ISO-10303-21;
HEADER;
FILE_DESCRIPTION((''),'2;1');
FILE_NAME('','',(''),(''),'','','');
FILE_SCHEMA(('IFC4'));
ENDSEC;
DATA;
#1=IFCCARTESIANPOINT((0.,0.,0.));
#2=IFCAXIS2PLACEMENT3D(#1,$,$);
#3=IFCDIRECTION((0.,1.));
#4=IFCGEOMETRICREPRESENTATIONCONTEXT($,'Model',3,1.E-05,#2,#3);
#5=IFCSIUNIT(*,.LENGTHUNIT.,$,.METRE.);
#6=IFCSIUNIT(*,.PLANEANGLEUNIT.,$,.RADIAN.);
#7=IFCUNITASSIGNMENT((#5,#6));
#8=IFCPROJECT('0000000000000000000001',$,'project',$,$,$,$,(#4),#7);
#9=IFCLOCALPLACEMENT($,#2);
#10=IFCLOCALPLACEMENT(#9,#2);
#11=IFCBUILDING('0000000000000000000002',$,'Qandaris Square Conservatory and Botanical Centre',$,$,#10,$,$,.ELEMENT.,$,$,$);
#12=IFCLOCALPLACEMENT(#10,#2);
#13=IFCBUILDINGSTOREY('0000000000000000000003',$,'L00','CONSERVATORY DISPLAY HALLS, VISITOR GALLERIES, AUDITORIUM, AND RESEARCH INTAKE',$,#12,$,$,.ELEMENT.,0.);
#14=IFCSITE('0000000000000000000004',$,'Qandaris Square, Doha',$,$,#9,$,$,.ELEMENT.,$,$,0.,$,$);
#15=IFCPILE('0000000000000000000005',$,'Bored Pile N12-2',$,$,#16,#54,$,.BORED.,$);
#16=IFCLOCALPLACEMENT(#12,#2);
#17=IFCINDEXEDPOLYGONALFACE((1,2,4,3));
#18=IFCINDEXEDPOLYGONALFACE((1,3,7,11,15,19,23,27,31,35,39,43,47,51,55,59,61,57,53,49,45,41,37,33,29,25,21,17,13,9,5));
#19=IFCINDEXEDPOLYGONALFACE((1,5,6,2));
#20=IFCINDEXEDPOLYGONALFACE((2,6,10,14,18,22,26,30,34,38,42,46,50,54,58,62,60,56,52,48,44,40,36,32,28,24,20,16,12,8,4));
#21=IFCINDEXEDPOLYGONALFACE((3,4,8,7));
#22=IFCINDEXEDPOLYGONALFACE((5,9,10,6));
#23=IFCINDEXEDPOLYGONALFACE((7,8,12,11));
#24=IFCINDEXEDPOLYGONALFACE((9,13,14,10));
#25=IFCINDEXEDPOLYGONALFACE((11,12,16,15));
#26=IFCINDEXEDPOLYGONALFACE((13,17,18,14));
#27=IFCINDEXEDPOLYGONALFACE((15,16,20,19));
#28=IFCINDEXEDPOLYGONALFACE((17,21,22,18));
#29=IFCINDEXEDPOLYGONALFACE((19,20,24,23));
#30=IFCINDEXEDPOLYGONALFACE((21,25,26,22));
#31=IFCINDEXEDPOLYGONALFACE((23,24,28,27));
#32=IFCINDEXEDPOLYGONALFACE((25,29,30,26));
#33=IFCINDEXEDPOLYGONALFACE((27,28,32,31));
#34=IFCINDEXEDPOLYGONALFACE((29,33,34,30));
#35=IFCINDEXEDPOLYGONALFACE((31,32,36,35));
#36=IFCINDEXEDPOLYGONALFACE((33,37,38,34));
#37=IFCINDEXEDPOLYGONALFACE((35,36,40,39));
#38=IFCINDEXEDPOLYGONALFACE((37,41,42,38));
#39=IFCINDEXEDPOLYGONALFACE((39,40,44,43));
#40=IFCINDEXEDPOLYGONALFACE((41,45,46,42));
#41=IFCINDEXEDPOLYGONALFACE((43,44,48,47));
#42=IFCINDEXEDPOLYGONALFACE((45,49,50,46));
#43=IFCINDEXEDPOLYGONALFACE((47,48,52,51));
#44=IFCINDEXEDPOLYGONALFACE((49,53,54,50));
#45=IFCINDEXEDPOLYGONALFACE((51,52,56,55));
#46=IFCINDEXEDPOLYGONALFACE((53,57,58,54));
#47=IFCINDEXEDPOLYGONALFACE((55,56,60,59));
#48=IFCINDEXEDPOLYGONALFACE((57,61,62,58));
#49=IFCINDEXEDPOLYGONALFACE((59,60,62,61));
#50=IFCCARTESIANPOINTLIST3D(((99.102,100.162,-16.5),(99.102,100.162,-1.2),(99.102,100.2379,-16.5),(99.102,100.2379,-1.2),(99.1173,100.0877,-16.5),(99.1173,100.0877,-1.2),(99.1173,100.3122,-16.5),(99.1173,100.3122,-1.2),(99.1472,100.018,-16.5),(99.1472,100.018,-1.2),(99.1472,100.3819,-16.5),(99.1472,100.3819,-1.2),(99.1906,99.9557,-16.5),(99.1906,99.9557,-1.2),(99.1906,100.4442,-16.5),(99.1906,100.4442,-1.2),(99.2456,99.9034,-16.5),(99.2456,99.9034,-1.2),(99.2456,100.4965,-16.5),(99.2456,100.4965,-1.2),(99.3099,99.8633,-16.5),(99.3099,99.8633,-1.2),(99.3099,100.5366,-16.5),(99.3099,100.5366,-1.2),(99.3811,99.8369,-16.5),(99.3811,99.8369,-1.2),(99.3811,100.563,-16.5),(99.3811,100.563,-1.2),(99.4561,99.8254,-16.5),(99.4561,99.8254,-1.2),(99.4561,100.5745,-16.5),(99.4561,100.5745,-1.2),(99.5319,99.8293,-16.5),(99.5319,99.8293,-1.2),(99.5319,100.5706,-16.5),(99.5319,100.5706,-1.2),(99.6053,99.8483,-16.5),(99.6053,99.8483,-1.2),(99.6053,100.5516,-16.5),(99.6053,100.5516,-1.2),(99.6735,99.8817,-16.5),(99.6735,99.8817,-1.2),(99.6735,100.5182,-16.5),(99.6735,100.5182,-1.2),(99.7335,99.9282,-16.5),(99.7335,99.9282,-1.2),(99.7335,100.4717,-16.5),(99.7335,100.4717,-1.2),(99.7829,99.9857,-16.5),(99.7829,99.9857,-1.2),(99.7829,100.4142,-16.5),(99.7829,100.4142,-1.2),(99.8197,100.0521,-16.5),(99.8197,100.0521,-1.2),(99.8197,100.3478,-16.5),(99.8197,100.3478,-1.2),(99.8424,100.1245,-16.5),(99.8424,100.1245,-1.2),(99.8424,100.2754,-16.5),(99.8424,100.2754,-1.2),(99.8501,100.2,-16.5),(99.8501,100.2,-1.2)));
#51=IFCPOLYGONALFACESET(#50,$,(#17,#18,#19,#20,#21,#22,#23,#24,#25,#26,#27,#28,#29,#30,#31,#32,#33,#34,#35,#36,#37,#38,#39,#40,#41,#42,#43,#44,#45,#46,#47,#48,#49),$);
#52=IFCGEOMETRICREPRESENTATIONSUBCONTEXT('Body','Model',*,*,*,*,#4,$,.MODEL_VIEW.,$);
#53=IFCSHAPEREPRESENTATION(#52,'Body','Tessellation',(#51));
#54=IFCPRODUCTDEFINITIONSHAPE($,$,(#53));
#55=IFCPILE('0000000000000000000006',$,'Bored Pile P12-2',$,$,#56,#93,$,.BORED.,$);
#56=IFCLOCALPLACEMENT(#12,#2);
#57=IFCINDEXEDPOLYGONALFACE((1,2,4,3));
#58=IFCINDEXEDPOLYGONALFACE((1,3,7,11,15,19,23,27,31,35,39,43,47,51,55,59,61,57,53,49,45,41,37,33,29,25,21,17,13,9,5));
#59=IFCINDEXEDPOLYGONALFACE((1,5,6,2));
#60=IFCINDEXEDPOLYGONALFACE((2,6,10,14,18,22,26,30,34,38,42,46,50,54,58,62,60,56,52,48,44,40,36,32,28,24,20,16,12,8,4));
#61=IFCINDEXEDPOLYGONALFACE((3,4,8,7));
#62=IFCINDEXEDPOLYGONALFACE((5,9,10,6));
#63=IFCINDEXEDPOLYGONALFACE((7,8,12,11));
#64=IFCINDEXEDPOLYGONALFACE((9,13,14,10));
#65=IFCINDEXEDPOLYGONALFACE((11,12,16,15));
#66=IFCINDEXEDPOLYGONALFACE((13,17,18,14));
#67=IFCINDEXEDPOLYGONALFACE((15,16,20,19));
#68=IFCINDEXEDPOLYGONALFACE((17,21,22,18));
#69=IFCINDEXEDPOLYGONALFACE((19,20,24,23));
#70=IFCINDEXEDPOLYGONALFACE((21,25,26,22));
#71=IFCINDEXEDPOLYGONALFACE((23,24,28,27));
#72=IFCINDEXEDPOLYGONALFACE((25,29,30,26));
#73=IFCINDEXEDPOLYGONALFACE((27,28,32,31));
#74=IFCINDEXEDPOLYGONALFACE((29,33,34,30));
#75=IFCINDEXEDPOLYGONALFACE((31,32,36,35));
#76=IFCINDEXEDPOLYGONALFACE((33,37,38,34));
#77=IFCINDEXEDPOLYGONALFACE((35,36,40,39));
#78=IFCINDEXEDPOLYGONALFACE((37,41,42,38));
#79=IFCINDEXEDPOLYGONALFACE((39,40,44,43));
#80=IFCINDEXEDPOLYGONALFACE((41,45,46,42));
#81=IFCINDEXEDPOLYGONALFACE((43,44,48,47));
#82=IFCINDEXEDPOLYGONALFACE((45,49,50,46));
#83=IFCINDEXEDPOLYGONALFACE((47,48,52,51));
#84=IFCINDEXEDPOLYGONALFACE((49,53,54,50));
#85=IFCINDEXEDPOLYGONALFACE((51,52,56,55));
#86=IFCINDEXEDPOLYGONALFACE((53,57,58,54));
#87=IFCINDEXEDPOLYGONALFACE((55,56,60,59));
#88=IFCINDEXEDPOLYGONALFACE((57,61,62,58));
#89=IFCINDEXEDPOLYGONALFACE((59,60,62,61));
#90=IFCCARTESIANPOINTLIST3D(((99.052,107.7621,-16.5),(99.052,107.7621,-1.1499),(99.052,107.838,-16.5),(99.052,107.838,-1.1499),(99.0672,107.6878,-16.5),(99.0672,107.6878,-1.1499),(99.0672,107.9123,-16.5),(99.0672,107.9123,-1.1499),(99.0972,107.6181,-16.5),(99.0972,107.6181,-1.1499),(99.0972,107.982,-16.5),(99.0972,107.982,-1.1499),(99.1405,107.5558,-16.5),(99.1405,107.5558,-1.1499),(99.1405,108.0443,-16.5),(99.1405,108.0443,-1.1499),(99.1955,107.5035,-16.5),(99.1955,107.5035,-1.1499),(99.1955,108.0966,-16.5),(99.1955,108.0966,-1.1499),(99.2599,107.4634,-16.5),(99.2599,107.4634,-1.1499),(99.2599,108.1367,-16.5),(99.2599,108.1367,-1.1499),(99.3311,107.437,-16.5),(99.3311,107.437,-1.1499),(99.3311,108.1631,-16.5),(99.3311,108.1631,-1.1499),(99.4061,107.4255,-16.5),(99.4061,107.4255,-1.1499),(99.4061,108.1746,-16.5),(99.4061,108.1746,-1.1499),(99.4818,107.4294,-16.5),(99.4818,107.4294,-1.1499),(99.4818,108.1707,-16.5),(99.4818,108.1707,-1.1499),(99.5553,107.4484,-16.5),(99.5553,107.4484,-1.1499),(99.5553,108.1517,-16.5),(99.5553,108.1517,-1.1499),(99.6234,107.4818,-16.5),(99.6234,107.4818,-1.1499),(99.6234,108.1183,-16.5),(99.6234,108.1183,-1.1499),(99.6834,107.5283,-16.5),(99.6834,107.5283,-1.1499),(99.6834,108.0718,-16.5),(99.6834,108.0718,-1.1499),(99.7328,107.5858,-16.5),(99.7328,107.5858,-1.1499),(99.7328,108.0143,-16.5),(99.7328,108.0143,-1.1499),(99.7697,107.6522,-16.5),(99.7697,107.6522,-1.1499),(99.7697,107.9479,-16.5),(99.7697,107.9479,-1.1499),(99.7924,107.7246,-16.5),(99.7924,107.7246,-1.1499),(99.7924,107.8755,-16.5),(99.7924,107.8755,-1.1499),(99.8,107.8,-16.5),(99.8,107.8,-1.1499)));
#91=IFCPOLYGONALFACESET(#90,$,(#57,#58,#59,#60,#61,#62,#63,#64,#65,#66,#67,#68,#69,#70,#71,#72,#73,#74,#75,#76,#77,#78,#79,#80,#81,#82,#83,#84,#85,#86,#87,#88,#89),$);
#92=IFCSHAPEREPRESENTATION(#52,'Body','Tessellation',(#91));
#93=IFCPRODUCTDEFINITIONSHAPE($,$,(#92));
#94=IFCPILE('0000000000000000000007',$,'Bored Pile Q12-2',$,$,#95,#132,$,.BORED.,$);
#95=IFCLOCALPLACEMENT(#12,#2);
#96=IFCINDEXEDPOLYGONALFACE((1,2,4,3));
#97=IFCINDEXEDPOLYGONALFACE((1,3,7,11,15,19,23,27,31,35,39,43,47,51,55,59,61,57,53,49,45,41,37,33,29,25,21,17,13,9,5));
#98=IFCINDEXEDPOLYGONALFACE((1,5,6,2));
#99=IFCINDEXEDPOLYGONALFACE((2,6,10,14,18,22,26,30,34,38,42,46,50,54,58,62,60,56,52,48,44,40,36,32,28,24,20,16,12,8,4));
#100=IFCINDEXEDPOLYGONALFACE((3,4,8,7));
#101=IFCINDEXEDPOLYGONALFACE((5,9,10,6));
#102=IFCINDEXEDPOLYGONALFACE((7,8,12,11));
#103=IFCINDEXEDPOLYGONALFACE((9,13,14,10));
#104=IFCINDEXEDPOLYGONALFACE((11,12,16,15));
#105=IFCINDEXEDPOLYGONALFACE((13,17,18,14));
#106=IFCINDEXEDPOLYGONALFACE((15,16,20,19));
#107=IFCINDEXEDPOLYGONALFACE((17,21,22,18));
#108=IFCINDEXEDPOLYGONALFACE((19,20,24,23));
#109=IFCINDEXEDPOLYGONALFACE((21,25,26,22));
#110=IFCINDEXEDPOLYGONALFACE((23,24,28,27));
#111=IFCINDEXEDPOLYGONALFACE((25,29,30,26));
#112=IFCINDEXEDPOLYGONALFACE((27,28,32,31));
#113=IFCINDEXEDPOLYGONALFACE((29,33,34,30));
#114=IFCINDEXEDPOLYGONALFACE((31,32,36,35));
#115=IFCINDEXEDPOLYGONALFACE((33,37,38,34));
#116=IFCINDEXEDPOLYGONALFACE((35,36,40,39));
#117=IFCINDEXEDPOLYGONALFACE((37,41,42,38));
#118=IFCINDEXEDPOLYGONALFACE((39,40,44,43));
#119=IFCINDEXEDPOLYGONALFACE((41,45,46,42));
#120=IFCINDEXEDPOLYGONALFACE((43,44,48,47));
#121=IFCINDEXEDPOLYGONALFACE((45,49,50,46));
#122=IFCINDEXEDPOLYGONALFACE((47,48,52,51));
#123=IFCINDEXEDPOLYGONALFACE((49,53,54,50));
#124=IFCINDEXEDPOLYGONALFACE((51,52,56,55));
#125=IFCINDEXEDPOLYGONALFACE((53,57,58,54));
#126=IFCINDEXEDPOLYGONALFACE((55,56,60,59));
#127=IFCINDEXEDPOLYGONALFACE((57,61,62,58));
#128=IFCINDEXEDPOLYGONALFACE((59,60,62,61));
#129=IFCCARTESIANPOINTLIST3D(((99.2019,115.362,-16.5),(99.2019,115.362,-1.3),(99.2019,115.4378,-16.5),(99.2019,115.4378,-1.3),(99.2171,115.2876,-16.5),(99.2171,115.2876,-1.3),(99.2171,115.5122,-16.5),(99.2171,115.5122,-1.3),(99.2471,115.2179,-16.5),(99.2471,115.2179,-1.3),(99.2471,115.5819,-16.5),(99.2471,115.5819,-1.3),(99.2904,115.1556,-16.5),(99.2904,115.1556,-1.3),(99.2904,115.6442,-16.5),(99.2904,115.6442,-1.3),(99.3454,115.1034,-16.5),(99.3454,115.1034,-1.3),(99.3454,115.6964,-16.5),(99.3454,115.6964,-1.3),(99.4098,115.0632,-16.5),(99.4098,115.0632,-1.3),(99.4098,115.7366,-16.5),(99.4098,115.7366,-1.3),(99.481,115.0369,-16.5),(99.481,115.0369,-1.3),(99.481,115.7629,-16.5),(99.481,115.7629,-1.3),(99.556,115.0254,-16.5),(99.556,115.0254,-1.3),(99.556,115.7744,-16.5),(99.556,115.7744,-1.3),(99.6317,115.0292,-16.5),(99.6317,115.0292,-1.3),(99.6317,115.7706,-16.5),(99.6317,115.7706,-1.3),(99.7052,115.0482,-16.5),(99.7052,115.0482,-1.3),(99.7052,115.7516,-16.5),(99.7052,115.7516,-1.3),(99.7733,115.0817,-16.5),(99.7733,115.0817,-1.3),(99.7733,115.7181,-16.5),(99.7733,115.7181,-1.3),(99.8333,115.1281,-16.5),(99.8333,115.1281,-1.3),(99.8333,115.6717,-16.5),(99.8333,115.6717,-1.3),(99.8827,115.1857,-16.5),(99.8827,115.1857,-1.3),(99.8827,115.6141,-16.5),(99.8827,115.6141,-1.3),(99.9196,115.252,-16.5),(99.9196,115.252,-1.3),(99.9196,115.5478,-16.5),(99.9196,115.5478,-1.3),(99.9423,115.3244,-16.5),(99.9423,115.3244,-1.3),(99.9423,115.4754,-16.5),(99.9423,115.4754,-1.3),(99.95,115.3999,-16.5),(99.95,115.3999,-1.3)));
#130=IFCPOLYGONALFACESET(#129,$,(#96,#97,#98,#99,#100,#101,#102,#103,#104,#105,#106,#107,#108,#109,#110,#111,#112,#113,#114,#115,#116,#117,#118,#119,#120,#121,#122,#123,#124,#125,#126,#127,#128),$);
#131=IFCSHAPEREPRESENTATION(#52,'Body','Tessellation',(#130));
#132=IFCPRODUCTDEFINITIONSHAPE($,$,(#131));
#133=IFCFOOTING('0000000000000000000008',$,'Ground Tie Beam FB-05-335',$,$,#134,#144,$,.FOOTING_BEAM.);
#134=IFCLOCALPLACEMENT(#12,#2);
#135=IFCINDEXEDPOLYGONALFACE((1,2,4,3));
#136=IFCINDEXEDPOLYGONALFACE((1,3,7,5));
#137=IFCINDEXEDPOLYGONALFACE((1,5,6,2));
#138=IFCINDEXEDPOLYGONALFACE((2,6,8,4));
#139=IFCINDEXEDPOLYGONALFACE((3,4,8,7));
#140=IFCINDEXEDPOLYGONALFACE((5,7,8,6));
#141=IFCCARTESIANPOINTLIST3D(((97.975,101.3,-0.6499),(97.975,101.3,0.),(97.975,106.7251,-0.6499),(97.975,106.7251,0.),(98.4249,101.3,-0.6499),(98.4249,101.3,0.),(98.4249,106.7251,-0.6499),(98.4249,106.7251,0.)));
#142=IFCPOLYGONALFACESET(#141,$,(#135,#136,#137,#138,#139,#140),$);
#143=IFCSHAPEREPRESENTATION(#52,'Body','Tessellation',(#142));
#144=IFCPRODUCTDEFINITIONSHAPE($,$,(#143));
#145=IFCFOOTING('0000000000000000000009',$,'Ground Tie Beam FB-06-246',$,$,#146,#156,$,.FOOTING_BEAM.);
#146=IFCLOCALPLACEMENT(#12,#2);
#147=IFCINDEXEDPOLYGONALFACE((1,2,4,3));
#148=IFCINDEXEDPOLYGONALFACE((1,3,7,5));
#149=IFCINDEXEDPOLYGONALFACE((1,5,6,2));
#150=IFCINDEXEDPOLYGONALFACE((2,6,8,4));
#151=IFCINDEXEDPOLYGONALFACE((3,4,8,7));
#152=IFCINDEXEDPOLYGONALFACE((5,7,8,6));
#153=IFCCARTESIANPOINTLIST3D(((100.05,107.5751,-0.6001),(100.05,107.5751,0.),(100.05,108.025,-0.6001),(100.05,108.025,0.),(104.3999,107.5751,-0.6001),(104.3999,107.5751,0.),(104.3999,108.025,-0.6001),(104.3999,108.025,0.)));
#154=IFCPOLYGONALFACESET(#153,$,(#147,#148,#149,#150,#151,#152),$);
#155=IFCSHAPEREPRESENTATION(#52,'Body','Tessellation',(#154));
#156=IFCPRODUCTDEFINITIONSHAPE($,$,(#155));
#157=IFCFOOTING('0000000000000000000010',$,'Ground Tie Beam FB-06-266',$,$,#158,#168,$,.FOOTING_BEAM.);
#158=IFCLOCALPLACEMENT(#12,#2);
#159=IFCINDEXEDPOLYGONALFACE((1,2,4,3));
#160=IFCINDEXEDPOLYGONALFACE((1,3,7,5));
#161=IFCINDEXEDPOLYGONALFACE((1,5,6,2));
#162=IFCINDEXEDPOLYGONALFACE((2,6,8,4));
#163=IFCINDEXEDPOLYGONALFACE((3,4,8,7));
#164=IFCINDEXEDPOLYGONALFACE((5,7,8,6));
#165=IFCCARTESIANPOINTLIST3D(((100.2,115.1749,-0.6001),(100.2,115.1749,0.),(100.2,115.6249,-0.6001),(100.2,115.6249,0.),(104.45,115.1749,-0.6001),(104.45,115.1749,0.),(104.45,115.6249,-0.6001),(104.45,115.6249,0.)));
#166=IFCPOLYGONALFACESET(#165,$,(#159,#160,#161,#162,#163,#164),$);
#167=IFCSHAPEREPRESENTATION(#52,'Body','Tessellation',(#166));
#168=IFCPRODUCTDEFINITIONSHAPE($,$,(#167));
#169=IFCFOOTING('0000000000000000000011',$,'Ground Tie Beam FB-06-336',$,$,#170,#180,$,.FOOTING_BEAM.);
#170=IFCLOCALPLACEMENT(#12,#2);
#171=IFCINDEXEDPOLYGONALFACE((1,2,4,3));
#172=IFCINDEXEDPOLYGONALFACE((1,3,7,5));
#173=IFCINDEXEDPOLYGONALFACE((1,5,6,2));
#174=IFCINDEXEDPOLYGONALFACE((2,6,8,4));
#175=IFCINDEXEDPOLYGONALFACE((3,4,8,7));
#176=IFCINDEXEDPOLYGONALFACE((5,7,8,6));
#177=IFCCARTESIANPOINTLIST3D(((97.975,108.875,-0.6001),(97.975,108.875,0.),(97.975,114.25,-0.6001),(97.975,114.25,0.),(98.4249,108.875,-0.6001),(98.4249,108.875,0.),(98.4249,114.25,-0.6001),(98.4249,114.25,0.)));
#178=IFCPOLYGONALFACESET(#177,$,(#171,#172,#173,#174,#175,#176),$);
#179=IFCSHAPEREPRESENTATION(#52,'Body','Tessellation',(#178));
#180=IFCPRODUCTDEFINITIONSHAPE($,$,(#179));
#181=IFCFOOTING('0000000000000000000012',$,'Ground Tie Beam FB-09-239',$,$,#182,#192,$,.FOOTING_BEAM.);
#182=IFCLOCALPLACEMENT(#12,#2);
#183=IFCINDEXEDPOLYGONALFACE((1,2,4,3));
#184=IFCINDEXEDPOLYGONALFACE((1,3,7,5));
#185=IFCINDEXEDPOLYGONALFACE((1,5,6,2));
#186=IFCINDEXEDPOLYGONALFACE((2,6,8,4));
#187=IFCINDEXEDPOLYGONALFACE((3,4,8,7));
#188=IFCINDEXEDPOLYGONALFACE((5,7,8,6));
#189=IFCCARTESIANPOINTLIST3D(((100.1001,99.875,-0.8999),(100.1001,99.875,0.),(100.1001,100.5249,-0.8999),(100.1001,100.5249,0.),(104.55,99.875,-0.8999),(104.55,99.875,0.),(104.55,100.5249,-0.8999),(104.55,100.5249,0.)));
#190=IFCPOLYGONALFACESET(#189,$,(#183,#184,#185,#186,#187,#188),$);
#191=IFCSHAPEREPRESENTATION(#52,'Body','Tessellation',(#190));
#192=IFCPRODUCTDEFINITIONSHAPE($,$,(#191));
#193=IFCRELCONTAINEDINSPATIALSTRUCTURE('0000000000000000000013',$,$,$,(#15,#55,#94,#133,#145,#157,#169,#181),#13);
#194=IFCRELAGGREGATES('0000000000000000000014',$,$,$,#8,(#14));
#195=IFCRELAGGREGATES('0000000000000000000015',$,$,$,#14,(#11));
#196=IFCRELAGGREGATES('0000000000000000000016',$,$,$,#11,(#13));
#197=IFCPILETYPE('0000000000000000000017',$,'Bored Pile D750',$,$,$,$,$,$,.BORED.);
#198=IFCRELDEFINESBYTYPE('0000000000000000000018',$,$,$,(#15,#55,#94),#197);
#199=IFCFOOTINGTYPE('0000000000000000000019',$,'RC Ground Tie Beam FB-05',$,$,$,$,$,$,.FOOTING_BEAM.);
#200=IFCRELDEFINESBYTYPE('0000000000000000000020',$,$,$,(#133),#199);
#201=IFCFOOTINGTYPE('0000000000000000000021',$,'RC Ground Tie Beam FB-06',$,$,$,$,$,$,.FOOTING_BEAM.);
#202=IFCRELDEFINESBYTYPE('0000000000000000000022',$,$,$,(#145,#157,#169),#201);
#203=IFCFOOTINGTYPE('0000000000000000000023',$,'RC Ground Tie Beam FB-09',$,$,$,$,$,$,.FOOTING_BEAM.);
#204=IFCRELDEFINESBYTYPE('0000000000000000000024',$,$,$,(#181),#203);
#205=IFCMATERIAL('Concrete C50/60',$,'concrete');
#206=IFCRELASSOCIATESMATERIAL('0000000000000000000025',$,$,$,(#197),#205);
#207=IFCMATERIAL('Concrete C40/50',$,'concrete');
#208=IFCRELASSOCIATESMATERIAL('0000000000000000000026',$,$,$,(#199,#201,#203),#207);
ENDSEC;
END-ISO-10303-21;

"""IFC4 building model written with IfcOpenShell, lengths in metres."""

from ifc_helpers import new_model, si_unit, direction, frame, origin, origin_2d, place, context, subcontext, project, spatial, rectangle, circle, extrude, material, material_profile, profile_set, type_object, element, save


model = new_model("IFC4")

# Units and contexts
model_context = context("Model", 3, precision=1e-05, world=origin(), true_north=direction((0.0, 1.0)))
body_context = subcontext(model_context, "Body", "Model", "MODEL_VIEW")
ifc_project = project(units=[si_unit("LENGTHUNIT", "METRE"), si_unit("PLANEANGLEUNIT", "RADIAN")], contexts=[model_context])

# Site, building, storey
site_placement = place(None, origin())
site = spatial("IfcSite", under=ifc_project, at=site_placement, Name="Qandaris Square, Doha", CompositionType="ELEMENT", RefElevation=0.0)
building_placement = place(site_placement, origin())
building = spatial("IfcBuilding", under=site, at=building_placement, Name="Qandaris Square Conservatory and Botanical Centre", CompositionType="ELEMENT")
storey_placement = place(building_placement, origin())
storey = spatial("IfcBuildingStorey", under=building, at=storey_placement, Name="L00", Description="CONSERVATORY DISPLAY HALLS, VISITOR GALLERIES, AUDITORIUM, AND RESEARCH INTAKE", CompositionType="ELEMENT", Elevation=0.0)

# Piles
ifc_material_1 = material(Name="Concrete C50/60", Category="concrete")
ifc_material_profile_1 = material_profile(ifc_material_1, circle(Radius=0.375, at=origin_2d()), Name="PILE D750")
ifc_profile_set_1 = profile_set([ifc_material_profile_1], Name="Concrete C50/60")
pile_type = type_object("IfcPileType", Name="Bored Pile D750", PredefinedType="BORED", material=ifc_profile_set_1)
pile_1_placement = place(storey_placement, frame((99.4751, 100.2, -1.2), z_axis=(0.0, 0.0, -1.0), x_axis=(1.0, 0.0, 0.0)))
element("IfcPile", 1, at=pile_1_placement, inside=storey, type_object=pile_type, Name="Bored Pile N12-2", PredefinedType="BORED", context=body_context, shape_type="SweptSolid", body=[
    extrude(circle(Radius=0.375, at=origin_2d()), origin(), (0.0, 0.0, 1.0), 15.3),
])
pile_2_placement = place(storey_placement, frame((99.425, 107.8, -1.1499), z_axis=(0.0, 0.0, -1.0), x_axis=(1.0, 0.0, 0.0)))
element("IfcPile", 2, at=pile_2_placement, inside=storey, type_object=pile_type, Name="Bored Pile P12-2", PredefinedType="BORED", context=body_context, shape_type="SweptSolid", body=[
    extrude(circle(Radius=0.375, at=origin_2d()), origin(), (0.0, 0.0, 1.0), 15.3501),
])
pile_3_placement = place(storey_placement, frame((99.575, 115.3999, -1.3), z_axis=(0.0, 0.0, -1.0), x_axis=(1.0, 0.0, 0.0)))
element("IfcPile", 3, at=pile_3_placement, inside=storey, type_object=pile_type, Name="Bored Pile Q12-2", PredefinedType="BORED", context=body_context, shape_type="SweptSolid", body=[
    extrude(circle(Radius=0.375, at=origin_2d()), origin(), (0.0, 0.0, 1.0), 15.2),
])

# Footings
ifc_material_2 = material(Name="Concrete C40/50", Category="concrete")
ifc_material_profile_2 = material_profile(ifc_material_2, rectangle(XDim=0.45, YDim=0.6499, at=origin_2d()), Name="FB 450x650")
ifc_profile_set_2 = profile_set([ifc_material_profile_2], Name="Concrete C40/50")
footing_type_1 = type_object("IfcFootingType", Name="RC Ground Tie Beam FB-05", PredefinedType="FOOTING_BEAM", material=ifc_profile_set_2)
footing_1_placement = place(storey_placement, frame((98.2, 101.3, -0.325), z_axis=(0.0, 1.0, 0.0), x_axis=(-1.0, 0.0, 0.0)))
element("IfcFooting", 4, at=footing_1_placement, inside=storey, type_object=footing_type_1, Name="Ground Tie Beam FB-05-335", PredefinedType="FOOTING_BEAM", context=body_context, shape_type="SweptSolid", body=[
    extrude(rectangle(XDim=0.45, YDim=0.6499, at=origin_2d()), origin(), (0.0, 0.0, 1.0), 5.425),
])
ifc_material_profile_3 = material_profile(ifc_material_2, rectangle(XDim=0.45, YDim=0.6001, at=origin_2d()), Name="FB 450x600")
ifc_profile_set_3 = profile_set([ifc_material_profile_3], Name="Concrete C40/50")
footing_type_2 = type_object("IfcFootingType", Name="RC Ground Tie Beam FB-06", PredefinedType="FOOTING_BEAM", material=ifc_profile_set_3)
footing_2_placement = place(storey_placement, frame((100.05, 107.8, -0.3), z_axis=(1.0, 0.0, 0.0), x_axis=(0.0, 1.0, 0.0)))
element("IfcFooting", 5, at=footing_2_placement, inside=storey, type_object=footing_type_2, Name="Ground Tie Beam FB-06-246", PredefinedType="FOOTING_BEAM", context=body_context, shape_type="SweptSolid", body=[
    extrude(rectangle(XDim=0.45, YDim=0.6001, at=origin_2d()), origin(), (0.0, 0.0, 1.0), 4.3499),
])
footing_3_placement = place(storey_placement, frame((100.2, 115.3999, -0.3), z_axis=(1.0, 0.0, 0.0), x_axis=(0.0, 1.0, 0.0)))
element("IfcFooting", 6, at=footing_3_placement, inside=storey, type_object=footing_type_2, Name="Ground Tie Beam FB-06-266", PredefinedType="FOOTING_BEAM", context=body_context, shape_type="SweptSolid", body=[
    extrude(rectangle(XDim=0.45, YDim=0.6001, at=origin_2d()), origin(), (0.0, 0.0, 1.0), 4.25),
])
footing_4_placement = place(storey_placement, frame((98.2, 108.875, -0.3), z_axis=(0.0, 1.0, 0.0), x_axis=(-1.0, 0.0, 0.0)))
element("IfcFooting", 7, at=footing_4_placement, inside=storey, type_object=footing_type_2, Name="Ground Tie Beam FB-06-336", PredefinedType="FOOTING_BEAM", context=body_context, shape_type="SweptSolid", body=[
    extrude(rectangle(XDim=0.45, YDim=0.6001, at=origin_2d()), origin(), (0.0, 0.0, 1.0), 5.375),
])
ifc_material_profile_4 = material_profile(ifc_material_2, rectangle(XDim=0.6499, YDim=0.8999, at=origin_2d()), Name="FB 650x900")
ifc_profile_set_4 = profile_set([ifc_material_profile_4], Name="Concrete C40/50")
footing_type_3 = type_object("IfcFootingType", Name="RC Ground Tie Beam FB-09", PredefinedType="FOOTING_BEAM", material=ifc_profile_set_4)
footing_5_placement = place(storey_placement, frame((100.1001, 100.2, -0.45), z_axis=(1.0, 0.0, 0.0), x_axis=(0.0, 1.0, 0.0)))
element("IfcFooting", 8, at=footing_5_placement, inside=storey, type_object=footing_type_3, Name="Ground Tie Beam FB-09-239", PredefinedType="FOOTING_BEAM", context=body_context, shape_type="SweptSolid", body=[
    extrude(rectangle(XDim=0.6499, YDim=0.8999, at=origin_2d()), origin(), (0.0, 0.0, 1.0), 4.45),
])

save(model, "model.ifc")
